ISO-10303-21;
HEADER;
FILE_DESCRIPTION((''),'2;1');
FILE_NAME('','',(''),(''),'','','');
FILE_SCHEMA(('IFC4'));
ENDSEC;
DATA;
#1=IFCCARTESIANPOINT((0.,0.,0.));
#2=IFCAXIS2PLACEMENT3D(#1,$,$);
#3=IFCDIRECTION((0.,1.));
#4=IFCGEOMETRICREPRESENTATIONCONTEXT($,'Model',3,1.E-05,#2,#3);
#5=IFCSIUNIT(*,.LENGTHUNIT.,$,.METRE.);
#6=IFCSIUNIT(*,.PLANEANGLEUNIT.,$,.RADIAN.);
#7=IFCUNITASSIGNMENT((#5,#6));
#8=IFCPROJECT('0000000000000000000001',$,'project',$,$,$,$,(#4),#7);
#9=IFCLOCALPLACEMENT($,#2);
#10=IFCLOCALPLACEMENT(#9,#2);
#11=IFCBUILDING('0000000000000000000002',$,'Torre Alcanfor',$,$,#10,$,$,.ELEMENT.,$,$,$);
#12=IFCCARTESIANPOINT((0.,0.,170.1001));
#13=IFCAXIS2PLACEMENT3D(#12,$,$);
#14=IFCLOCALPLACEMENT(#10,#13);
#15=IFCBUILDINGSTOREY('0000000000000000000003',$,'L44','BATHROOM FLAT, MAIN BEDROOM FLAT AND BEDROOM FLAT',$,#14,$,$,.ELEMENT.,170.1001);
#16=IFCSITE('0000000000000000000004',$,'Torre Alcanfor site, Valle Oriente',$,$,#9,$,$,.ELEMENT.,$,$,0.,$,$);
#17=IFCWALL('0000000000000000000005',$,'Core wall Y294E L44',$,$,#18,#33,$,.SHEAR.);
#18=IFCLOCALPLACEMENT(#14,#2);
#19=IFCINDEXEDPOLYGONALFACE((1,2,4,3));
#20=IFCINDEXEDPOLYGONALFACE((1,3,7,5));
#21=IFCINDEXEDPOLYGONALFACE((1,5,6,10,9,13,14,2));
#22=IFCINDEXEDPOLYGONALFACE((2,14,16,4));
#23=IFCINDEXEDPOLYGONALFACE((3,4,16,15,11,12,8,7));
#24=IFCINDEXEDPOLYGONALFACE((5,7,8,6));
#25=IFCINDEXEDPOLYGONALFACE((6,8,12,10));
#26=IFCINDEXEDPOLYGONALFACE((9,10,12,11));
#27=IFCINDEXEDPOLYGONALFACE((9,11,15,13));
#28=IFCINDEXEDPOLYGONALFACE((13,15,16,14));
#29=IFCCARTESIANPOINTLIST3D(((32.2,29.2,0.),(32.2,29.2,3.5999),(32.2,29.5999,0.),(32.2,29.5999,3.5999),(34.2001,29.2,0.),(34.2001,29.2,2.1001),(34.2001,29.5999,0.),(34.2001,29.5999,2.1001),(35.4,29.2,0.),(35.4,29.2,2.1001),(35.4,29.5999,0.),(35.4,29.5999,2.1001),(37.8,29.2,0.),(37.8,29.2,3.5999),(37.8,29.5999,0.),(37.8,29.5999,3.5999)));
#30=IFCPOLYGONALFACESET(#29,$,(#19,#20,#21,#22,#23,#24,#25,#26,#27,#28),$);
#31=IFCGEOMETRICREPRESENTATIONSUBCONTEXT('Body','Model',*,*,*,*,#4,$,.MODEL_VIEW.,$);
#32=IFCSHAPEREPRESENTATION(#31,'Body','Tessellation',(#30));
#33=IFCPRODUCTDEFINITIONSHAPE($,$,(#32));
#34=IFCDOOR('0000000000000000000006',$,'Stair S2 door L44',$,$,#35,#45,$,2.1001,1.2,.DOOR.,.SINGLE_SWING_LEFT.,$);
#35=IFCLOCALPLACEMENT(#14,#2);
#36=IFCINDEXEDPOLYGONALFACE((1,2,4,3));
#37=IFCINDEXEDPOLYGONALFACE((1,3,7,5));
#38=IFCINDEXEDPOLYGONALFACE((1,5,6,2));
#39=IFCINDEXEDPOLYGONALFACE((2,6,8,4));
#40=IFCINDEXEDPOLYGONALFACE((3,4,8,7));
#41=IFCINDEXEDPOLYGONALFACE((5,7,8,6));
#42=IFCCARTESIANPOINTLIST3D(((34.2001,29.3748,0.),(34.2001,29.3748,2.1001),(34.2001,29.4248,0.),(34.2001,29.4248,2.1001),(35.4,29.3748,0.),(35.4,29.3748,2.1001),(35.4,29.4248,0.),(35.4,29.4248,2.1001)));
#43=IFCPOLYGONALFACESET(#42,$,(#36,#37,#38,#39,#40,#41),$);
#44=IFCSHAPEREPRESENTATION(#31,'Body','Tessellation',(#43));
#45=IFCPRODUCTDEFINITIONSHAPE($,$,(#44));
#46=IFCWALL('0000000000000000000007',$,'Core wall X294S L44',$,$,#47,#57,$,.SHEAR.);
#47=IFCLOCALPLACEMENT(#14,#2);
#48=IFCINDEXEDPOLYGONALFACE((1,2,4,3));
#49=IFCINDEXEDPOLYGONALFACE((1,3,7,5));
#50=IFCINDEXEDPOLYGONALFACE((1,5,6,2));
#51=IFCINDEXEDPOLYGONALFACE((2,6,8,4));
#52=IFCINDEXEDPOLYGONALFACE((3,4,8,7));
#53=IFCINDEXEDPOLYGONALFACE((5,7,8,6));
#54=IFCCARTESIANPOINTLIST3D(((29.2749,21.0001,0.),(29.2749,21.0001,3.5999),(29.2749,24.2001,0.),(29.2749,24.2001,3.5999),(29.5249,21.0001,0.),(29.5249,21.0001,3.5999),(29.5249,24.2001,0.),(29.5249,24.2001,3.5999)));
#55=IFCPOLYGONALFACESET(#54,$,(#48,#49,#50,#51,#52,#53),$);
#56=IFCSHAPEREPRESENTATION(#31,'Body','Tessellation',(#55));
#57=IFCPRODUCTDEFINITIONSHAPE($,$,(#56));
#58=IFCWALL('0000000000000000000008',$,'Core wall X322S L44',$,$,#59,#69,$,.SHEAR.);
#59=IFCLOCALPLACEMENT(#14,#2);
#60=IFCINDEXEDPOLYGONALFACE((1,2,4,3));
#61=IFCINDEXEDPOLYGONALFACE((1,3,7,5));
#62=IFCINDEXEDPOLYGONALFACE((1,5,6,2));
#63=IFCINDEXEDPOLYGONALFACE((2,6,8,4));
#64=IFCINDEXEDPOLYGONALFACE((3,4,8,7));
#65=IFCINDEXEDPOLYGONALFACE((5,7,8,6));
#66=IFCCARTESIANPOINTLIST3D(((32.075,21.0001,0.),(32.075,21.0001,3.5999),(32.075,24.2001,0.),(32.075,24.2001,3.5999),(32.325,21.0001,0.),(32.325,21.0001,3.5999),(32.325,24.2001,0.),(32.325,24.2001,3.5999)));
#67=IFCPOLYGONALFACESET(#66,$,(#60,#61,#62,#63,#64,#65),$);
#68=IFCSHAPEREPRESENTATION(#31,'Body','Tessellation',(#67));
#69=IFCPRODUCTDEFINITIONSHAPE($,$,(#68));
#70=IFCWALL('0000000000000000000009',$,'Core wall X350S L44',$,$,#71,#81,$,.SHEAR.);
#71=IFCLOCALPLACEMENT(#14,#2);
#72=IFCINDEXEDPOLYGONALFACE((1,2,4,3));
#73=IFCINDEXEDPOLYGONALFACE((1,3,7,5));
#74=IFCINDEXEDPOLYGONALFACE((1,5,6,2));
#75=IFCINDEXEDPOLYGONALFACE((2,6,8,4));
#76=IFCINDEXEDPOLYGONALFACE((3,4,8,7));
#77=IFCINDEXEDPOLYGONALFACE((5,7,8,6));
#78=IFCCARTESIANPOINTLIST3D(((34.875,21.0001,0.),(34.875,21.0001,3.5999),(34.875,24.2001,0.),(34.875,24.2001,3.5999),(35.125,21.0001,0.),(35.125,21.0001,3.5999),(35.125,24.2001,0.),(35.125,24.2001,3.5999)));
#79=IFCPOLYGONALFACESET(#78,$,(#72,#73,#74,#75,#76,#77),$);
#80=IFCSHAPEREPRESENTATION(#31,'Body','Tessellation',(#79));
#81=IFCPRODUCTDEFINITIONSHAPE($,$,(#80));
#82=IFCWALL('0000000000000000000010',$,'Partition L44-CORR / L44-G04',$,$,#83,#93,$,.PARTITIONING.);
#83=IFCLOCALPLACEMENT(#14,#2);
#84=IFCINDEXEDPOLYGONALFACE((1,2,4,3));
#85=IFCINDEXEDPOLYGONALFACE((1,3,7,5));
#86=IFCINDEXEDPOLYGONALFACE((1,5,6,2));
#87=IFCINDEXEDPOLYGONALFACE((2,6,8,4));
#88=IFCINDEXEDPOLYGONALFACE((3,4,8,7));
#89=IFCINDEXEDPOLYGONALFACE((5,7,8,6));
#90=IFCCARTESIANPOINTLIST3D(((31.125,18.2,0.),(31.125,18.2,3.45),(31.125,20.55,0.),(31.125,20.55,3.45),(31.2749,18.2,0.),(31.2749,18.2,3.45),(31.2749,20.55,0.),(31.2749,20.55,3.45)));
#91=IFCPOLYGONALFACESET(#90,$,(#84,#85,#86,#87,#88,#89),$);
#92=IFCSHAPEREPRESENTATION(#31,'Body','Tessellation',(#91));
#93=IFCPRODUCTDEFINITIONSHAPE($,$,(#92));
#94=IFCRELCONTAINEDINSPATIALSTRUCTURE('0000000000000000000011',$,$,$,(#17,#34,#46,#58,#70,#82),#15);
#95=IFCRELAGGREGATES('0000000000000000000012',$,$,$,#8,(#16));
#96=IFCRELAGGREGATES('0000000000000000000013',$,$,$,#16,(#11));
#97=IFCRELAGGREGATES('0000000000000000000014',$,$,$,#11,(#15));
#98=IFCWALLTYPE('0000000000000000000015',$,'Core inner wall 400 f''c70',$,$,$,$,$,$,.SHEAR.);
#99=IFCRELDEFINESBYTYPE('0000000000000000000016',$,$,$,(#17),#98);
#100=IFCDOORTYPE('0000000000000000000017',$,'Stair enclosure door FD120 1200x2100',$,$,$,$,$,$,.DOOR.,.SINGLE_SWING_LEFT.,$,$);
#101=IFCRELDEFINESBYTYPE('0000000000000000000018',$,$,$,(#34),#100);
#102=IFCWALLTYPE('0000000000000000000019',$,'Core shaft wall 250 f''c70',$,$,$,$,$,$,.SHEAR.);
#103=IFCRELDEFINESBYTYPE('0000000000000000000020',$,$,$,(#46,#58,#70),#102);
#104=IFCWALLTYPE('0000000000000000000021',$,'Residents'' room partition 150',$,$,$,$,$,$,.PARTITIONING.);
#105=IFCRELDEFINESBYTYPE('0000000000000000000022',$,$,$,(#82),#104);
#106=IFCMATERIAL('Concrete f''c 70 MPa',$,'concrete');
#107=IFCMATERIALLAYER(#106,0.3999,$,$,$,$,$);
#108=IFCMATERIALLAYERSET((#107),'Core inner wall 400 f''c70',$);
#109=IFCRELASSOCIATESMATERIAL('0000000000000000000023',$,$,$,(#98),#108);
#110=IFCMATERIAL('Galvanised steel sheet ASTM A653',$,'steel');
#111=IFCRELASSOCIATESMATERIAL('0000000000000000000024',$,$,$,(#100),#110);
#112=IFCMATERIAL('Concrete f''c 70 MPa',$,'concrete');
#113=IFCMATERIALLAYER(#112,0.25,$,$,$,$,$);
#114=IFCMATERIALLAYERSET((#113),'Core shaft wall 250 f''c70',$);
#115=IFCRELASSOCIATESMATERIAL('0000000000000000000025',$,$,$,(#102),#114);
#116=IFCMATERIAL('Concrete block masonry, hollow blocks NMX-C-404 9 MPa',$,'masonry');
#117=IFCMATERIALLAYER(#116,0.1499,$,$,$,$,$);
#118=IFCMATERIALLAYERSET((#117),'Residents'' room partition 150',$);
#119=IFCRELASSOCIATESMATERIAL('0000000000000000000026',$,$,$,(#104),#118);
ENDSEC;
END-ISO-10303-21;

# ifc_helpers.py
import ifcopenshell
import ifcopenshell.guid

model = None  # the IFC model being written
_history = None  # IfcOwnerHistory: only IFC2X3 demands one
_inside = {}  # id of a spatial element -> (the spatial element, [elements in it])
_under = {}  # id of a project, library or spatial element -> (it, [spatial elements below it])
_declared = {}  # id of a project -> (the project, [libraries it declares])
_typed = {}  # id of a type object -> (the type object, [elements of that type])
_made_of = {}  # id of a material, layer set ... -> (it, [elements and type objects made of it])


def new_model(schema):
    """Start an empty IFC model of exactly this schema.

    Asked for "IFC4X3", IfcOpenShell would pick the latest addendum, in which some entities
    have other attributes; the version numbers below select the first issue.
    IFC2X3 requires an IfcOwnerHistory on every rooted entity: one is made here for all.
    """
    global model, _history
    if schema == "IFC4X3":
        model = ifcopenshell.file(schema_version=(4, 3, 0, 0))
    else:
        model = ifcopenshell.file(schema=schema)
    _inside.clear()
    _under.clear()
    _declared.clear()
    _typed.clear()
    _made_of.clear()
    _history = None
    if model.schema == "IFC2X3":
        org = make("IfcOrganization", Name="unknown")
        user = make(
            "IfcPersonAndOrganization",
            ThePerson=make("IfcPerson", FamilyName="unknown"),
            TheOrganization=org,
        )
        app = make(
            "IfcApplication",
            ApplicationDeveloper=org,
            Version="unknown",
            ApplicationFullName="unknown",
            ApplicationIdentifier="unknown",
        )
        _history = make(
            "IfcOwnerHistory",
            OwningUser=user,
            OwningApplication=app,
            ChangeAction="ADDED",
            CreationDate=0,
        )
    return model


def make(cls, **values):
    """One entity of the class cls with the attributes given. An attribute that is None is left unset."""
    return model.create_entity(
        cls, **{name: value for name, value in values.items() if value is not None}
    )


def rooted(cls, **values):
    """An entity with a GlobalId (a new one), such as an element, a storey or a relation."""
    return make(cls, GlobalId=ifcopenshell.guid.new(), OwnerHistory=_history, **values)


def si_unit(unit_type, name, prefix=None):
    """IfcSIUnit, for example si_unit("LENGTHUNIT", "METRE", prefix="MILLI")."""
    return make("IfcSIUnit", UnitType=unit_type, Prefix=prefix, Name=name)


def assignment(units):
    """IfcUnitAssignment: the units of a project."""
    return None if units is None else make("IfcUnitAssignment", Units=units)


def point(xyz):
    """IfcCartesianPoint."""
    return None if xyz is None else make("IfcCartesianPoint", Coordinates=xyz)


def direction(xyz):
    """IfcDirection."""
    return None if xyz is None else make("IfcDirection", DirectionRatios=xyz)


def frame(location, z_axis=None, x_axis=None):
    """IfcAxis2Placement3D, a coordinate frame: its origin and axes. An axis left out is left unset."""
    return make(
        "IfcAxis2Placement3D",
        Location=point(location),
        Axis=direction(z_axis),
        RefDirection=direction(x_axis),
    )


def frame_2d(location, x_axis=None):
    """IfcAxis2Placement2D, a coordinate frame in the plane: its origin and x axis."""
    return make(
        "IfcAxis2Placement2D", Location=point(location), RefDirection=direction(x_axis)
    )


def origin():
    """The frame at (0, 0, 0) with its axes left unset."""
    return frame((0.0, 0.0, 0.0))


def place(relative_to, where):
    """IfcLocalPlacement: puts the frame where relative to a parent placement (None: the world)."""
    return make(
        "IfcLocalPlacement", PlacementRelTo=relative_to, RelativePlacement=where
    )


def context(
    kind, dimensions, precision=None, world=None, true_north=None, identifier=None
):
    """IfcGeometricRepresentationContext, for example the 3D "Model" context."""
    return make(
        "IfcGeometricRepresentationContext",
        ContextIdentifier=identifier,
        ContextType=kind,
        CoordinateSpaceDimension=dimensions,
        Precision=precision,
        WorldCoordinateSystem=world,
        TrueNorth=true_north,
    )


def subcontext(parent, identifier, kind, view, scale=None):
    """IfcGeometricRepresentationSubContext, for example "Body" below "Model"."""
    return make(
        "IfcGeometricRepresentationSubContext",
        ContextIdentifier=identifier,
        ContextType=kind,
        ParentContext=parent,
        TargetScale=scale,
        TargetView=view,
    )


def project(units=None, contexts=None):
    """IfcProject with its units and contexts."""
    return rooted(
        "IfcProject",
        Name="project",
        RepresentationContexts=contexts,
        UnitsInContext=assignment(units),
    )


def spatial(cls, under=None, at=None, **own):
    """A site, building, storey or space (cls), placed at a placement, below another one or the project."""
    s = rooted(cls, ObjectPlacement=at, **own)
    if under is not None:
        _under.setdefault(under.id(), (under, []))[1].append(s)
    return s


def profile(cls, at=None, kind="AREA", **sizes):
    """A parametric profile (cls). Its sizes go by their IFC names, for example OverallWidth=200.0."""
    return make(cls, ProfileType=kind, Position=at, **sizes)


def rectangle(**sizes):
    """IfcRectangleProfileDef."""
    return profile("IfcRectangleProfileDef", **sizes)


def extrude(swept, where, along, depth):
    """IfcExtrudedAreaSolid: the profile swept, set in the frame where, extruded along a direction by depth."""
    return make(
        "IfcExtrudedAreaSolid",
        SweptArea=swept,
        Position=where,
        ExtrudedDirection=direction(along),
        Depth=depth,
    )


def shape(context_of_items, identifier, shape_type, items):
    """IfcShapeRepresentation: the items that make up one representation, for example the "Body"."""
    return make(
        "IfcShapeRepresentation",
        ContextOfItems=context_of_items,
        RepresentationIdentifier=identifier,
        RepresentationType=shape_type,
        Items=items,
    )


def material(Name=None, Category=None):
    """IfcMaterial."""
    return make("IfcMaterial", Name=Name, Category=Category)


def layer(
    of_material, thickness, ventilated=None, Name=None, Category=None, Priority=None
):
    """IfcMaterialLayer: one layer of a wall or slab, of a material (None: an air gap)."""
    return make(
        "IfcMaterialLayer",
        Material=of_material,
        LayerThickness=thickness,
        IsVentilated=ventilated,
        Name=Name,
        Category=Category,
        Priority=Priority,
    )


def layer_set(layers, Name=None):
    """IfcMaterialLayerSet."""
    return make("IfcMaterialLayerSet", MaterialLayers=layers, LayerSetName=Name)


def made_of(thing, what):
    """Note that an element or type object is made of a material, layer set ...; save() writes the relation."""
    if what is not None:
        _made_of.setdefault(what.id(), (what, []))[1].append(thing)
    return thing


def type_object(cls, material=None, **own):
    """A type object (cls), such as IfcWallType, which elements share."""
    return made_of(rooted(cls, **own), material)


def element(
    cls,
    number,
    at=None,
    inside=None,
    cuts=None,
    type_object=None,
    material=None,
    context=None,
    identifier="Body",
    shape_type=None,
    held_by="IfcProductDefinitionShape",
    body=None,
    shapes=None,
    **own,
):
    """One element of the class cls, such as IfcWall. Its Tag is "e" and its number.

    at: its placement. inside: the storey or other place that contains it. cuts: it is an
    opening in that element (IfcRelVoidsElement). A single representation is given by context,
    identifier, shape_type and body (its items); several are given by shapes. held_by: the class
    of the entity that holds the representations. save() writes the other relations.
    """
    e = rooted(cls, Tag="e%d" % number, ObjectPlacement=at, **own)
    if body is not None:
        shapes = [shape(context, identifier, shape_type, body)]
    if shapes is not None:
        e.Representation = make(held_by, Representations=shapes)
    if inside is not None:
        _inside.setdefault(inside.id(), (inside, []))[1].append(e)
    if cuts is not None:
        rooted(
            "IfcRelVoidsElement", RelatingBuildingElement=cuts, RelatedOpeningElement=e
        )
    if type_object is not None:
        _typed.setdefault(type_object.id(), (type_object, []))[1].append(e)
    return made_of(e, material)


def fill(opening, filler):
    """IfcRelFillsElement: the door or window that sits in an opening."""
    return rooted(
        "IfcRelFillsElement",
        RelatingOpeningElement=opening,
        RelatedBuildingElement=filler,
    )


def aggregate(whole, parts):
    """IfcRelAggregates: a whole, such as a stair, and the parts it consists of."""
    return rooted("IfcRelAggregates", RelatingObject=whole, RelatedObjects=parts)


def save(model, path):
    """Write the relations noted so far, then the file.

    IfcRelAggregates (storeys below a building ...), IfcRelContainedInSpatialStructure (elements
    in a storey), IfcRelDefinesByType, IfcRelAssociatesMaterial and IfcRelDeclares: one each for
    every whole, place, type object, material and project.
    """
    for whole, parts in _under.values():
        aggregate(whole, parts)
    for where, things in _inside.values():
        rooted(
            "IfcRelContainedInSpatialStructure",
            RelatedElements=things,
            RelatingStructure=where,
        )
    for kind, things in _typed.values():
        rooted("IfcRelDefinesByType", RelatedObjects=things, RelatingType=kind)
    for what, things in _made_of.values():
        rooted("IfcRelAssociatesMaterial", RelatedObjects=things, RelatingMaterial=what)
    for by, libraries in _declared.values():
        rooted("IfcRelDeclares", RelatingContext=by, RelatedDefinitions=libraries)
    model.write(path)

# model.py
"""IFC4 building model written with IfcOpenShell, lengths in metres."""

from ifc_helpers import new_model, si_unit, direction, frame, frame_2d, origin, place, context, subcontext, project, spatial, rectangle, extrude, material, layer, layer_set, type_object, element, fill, save


model = new_model("IFC4")

# Units and contexts
model_context = context("Model", 3, precision=1e-05, world=origin(), true_north=direction((0.0, 1.0)))
body_context = subcontext(model_context, "Body", "Model", "MODEL_VIEW")
ifc_project = project(units=[si_unit("LENGTHUNIT", "METRE"), si_unit("PLANEANGLEUNIT", "RADIAN")], contexts=[model_context])

# Site, building, storey
site_placement = place(None, origin())
site = spatial("IfcSite", under=ifc_project, at=site_placement, Name="Torre Alcanfor site, Valle Oriente", CompositionType="ELEMENT", RefElevation=0.0)
building_placement = place(site_placement, origin())
building = spatial("IfcBuilding", under=site, at=building_placement, Name="Torre Alcanfor", CompositionType="ELEMENT")
storey_placement = place(building_placement, frame((0.0, 0.0, 170.1001)))
storey = spatial("IfcBuildingStorey", under=building, at=storey_placement, Name="L44", Description="BATHROOM FLAT, MAIN BEDROOM FLAT AND BEDROOM FLAT", CompositionType="ELEMENT", Elevation=170.1001)

# Shared definitions
ifc_material_1 = material(Name="Concrete f'c 70 MPa", Category="concrete")
ifc_layer_1 = layer(ifc_material_1, 0.3999)
ifc_layer_set_1 = layer_set([ifc_layer_1], Name="Core inner wall 400 f'c70")
wall_type_1 = type_object("IfcWallType", Name="Core inner wall 400 f'c70", PredefinedType="SHEAR", material=ifc_layer_set_1)

# Wall, opening, door
wall_1_placement = place(storey_placement, frame((32.2, 29.3999, 0.0), z_axis=(0.0, 0.0, 1.0), x_axis=(1.0, 0.0, 0.0)))
wall_1 = element("IfcWall", 1, at=wall_1_placement, inside=storey, type_object=wall_type_1, Name="Core wall Y294E L44", PredefinedType="SHEAR", context=body_context, shape_type="SweptSolid", body=[
    extrude(rectangle(XDim=5.6001, YDim=0.3999, at=frame_2d((2.8, 0.0))), origin(), (0.0, 0.0, 1.0), 3.5999),
])
opening_1_placement = place(wall_1_placement, frame((2.0, 0.0, 0.0)))
opening_1 = element("IfcOpeningElement", 2, at=opening_1_placement, cuts=wall_1, PredefinedType="OPENING", context=body_context, shape_type="SweptSolid", body=[
    extrude(rectangle(XDim=1.2, YDim=2.1001, at=frame_2d((0.6001, 1.05))), frame((0.0, 0.21, 0.0), z_axis=(0.0, -1.0, 0.0), x_axis=(1.0, 0.0, 0.0)), (0.0, 0.0, 1.0), 0.4199),
])
ifc_material_2 = material(Name="Galvanised steel sheet ASTM A653", Category="steel")
door_type_1 = type_object("IfcDoorType", Name="Stair enclosure door FD120 1200x2100", OperationType="SINGLE_SWING_LEFT", PredefinedType="DOOR", material=ifc_material_2)
door_1_placement = place(opening_1_placement, origin())
door_1 = element("IfcDoor", 3, at=door_1_placement, inside=storey, type_object=door_type_1, Name="Stair S2 door L44", OperationType="SINGLE_SWING_LEFT", OverallHeight=2.1001, OverallWidth=1.2, PredefinedType="DOOR", context=body_context, shape_type="SweptSolid", body=[
    extrude(rectangle(XDim=1.2, YDim=2.1001, at=frame_2d((0.6001, 1.05))), frame((0.0, 0.0249, 0.0), z_axis=(0.0, -1.0, 0.0), x_axis=(1.0, 0.0, 0.0)), (0.0, 0.0, 1.0), 0.05),
])
fill(opening_1, door_1)

# Walls
ifc_material_3 = material(Name="Concrete f'c 70 MPa", Category="concrete")
ifc_layer_2 = layer(ifc_material_3, 0.25)
ifc_layer_set_2 = layer_set([ifc_layer_2], Name="Core shaft wall 250 f'c70")
wall_type_2 = type_object("IfcWallType", Name="Core shaft wall 250 f'c70", PredefinedType="SHEAR", material=ifc_layer_set_2)
for number, where, z_axis, x_axis, name in (
    (4, (29.3999, 21.0, 0.0), (0.0, 0.0, 1.0), (0.0, 1.0, 0.0), "Core wall X294S L44"),
    (5, (32.2, 21.0, 0.0), (0.0, 0.0, 1.0), (0.0, 1.0, 0.0), "Core wall X322S L44"),
    (6, (35.0, 21.0, 0.0), (0.0, 0.0, 1.0), (0.0, 1.0, 0.0), "Core wall X350S L44"),
):
    element("IfcWall", number, at=place(storey_placement, frame(where, z_axis=z_axis, x_axis=x_axis)), inside=storey, type_object=wall_type_2, Name=name, PredefinedType="SHEAR", context=body_context, shape_type="SweptSolid", body=[
        extrude(rectangle(XDim=3.2, YDim=0.25, at=frame_2d((1.6001, 0.0))), origin(), (0.0, 0.0, 1.0), 3.5999),
    ])
ifc_material_4 = material(Name="Concrete block masonry, hollow blocks NMX-C-404 9 MPa", Category="masonry")
ifc_layer_3 = layer(ifc_material_4, 0.1499)
ifc_layer_set_3 = layer_set([ifc_layer_3], Name="Residents' room partition 150")
wall_type_3 = type_object("IfcWallType", Name="Residents' room partition 150", PredefinedType="PARTITIONING", material=ifc_layer_set_3)
wall_2_placement = place(storey_placement, frame((31.2, 18.2, 0.0), z_axis=(0.0, 0.0, 1.0), x_axis=(0.0, 1.0, 0.0)))
element("IfcWall", 7, at=wall_2_placement, inside=storey, type_object=wall_type_3, Name="Partition L44-CORR / L44-G04", PredefinedType="PARTITIONING", context=body_context, shape_type="SweptSolid", body=[
    extrude(rectangle(XDim=2.3501, YDim=0.1499, at=frame_2d((1.175, 0.0))), origin(), (0.0, 0.0, 1.0), 3.45),
])

save(model, "model.ifc")
